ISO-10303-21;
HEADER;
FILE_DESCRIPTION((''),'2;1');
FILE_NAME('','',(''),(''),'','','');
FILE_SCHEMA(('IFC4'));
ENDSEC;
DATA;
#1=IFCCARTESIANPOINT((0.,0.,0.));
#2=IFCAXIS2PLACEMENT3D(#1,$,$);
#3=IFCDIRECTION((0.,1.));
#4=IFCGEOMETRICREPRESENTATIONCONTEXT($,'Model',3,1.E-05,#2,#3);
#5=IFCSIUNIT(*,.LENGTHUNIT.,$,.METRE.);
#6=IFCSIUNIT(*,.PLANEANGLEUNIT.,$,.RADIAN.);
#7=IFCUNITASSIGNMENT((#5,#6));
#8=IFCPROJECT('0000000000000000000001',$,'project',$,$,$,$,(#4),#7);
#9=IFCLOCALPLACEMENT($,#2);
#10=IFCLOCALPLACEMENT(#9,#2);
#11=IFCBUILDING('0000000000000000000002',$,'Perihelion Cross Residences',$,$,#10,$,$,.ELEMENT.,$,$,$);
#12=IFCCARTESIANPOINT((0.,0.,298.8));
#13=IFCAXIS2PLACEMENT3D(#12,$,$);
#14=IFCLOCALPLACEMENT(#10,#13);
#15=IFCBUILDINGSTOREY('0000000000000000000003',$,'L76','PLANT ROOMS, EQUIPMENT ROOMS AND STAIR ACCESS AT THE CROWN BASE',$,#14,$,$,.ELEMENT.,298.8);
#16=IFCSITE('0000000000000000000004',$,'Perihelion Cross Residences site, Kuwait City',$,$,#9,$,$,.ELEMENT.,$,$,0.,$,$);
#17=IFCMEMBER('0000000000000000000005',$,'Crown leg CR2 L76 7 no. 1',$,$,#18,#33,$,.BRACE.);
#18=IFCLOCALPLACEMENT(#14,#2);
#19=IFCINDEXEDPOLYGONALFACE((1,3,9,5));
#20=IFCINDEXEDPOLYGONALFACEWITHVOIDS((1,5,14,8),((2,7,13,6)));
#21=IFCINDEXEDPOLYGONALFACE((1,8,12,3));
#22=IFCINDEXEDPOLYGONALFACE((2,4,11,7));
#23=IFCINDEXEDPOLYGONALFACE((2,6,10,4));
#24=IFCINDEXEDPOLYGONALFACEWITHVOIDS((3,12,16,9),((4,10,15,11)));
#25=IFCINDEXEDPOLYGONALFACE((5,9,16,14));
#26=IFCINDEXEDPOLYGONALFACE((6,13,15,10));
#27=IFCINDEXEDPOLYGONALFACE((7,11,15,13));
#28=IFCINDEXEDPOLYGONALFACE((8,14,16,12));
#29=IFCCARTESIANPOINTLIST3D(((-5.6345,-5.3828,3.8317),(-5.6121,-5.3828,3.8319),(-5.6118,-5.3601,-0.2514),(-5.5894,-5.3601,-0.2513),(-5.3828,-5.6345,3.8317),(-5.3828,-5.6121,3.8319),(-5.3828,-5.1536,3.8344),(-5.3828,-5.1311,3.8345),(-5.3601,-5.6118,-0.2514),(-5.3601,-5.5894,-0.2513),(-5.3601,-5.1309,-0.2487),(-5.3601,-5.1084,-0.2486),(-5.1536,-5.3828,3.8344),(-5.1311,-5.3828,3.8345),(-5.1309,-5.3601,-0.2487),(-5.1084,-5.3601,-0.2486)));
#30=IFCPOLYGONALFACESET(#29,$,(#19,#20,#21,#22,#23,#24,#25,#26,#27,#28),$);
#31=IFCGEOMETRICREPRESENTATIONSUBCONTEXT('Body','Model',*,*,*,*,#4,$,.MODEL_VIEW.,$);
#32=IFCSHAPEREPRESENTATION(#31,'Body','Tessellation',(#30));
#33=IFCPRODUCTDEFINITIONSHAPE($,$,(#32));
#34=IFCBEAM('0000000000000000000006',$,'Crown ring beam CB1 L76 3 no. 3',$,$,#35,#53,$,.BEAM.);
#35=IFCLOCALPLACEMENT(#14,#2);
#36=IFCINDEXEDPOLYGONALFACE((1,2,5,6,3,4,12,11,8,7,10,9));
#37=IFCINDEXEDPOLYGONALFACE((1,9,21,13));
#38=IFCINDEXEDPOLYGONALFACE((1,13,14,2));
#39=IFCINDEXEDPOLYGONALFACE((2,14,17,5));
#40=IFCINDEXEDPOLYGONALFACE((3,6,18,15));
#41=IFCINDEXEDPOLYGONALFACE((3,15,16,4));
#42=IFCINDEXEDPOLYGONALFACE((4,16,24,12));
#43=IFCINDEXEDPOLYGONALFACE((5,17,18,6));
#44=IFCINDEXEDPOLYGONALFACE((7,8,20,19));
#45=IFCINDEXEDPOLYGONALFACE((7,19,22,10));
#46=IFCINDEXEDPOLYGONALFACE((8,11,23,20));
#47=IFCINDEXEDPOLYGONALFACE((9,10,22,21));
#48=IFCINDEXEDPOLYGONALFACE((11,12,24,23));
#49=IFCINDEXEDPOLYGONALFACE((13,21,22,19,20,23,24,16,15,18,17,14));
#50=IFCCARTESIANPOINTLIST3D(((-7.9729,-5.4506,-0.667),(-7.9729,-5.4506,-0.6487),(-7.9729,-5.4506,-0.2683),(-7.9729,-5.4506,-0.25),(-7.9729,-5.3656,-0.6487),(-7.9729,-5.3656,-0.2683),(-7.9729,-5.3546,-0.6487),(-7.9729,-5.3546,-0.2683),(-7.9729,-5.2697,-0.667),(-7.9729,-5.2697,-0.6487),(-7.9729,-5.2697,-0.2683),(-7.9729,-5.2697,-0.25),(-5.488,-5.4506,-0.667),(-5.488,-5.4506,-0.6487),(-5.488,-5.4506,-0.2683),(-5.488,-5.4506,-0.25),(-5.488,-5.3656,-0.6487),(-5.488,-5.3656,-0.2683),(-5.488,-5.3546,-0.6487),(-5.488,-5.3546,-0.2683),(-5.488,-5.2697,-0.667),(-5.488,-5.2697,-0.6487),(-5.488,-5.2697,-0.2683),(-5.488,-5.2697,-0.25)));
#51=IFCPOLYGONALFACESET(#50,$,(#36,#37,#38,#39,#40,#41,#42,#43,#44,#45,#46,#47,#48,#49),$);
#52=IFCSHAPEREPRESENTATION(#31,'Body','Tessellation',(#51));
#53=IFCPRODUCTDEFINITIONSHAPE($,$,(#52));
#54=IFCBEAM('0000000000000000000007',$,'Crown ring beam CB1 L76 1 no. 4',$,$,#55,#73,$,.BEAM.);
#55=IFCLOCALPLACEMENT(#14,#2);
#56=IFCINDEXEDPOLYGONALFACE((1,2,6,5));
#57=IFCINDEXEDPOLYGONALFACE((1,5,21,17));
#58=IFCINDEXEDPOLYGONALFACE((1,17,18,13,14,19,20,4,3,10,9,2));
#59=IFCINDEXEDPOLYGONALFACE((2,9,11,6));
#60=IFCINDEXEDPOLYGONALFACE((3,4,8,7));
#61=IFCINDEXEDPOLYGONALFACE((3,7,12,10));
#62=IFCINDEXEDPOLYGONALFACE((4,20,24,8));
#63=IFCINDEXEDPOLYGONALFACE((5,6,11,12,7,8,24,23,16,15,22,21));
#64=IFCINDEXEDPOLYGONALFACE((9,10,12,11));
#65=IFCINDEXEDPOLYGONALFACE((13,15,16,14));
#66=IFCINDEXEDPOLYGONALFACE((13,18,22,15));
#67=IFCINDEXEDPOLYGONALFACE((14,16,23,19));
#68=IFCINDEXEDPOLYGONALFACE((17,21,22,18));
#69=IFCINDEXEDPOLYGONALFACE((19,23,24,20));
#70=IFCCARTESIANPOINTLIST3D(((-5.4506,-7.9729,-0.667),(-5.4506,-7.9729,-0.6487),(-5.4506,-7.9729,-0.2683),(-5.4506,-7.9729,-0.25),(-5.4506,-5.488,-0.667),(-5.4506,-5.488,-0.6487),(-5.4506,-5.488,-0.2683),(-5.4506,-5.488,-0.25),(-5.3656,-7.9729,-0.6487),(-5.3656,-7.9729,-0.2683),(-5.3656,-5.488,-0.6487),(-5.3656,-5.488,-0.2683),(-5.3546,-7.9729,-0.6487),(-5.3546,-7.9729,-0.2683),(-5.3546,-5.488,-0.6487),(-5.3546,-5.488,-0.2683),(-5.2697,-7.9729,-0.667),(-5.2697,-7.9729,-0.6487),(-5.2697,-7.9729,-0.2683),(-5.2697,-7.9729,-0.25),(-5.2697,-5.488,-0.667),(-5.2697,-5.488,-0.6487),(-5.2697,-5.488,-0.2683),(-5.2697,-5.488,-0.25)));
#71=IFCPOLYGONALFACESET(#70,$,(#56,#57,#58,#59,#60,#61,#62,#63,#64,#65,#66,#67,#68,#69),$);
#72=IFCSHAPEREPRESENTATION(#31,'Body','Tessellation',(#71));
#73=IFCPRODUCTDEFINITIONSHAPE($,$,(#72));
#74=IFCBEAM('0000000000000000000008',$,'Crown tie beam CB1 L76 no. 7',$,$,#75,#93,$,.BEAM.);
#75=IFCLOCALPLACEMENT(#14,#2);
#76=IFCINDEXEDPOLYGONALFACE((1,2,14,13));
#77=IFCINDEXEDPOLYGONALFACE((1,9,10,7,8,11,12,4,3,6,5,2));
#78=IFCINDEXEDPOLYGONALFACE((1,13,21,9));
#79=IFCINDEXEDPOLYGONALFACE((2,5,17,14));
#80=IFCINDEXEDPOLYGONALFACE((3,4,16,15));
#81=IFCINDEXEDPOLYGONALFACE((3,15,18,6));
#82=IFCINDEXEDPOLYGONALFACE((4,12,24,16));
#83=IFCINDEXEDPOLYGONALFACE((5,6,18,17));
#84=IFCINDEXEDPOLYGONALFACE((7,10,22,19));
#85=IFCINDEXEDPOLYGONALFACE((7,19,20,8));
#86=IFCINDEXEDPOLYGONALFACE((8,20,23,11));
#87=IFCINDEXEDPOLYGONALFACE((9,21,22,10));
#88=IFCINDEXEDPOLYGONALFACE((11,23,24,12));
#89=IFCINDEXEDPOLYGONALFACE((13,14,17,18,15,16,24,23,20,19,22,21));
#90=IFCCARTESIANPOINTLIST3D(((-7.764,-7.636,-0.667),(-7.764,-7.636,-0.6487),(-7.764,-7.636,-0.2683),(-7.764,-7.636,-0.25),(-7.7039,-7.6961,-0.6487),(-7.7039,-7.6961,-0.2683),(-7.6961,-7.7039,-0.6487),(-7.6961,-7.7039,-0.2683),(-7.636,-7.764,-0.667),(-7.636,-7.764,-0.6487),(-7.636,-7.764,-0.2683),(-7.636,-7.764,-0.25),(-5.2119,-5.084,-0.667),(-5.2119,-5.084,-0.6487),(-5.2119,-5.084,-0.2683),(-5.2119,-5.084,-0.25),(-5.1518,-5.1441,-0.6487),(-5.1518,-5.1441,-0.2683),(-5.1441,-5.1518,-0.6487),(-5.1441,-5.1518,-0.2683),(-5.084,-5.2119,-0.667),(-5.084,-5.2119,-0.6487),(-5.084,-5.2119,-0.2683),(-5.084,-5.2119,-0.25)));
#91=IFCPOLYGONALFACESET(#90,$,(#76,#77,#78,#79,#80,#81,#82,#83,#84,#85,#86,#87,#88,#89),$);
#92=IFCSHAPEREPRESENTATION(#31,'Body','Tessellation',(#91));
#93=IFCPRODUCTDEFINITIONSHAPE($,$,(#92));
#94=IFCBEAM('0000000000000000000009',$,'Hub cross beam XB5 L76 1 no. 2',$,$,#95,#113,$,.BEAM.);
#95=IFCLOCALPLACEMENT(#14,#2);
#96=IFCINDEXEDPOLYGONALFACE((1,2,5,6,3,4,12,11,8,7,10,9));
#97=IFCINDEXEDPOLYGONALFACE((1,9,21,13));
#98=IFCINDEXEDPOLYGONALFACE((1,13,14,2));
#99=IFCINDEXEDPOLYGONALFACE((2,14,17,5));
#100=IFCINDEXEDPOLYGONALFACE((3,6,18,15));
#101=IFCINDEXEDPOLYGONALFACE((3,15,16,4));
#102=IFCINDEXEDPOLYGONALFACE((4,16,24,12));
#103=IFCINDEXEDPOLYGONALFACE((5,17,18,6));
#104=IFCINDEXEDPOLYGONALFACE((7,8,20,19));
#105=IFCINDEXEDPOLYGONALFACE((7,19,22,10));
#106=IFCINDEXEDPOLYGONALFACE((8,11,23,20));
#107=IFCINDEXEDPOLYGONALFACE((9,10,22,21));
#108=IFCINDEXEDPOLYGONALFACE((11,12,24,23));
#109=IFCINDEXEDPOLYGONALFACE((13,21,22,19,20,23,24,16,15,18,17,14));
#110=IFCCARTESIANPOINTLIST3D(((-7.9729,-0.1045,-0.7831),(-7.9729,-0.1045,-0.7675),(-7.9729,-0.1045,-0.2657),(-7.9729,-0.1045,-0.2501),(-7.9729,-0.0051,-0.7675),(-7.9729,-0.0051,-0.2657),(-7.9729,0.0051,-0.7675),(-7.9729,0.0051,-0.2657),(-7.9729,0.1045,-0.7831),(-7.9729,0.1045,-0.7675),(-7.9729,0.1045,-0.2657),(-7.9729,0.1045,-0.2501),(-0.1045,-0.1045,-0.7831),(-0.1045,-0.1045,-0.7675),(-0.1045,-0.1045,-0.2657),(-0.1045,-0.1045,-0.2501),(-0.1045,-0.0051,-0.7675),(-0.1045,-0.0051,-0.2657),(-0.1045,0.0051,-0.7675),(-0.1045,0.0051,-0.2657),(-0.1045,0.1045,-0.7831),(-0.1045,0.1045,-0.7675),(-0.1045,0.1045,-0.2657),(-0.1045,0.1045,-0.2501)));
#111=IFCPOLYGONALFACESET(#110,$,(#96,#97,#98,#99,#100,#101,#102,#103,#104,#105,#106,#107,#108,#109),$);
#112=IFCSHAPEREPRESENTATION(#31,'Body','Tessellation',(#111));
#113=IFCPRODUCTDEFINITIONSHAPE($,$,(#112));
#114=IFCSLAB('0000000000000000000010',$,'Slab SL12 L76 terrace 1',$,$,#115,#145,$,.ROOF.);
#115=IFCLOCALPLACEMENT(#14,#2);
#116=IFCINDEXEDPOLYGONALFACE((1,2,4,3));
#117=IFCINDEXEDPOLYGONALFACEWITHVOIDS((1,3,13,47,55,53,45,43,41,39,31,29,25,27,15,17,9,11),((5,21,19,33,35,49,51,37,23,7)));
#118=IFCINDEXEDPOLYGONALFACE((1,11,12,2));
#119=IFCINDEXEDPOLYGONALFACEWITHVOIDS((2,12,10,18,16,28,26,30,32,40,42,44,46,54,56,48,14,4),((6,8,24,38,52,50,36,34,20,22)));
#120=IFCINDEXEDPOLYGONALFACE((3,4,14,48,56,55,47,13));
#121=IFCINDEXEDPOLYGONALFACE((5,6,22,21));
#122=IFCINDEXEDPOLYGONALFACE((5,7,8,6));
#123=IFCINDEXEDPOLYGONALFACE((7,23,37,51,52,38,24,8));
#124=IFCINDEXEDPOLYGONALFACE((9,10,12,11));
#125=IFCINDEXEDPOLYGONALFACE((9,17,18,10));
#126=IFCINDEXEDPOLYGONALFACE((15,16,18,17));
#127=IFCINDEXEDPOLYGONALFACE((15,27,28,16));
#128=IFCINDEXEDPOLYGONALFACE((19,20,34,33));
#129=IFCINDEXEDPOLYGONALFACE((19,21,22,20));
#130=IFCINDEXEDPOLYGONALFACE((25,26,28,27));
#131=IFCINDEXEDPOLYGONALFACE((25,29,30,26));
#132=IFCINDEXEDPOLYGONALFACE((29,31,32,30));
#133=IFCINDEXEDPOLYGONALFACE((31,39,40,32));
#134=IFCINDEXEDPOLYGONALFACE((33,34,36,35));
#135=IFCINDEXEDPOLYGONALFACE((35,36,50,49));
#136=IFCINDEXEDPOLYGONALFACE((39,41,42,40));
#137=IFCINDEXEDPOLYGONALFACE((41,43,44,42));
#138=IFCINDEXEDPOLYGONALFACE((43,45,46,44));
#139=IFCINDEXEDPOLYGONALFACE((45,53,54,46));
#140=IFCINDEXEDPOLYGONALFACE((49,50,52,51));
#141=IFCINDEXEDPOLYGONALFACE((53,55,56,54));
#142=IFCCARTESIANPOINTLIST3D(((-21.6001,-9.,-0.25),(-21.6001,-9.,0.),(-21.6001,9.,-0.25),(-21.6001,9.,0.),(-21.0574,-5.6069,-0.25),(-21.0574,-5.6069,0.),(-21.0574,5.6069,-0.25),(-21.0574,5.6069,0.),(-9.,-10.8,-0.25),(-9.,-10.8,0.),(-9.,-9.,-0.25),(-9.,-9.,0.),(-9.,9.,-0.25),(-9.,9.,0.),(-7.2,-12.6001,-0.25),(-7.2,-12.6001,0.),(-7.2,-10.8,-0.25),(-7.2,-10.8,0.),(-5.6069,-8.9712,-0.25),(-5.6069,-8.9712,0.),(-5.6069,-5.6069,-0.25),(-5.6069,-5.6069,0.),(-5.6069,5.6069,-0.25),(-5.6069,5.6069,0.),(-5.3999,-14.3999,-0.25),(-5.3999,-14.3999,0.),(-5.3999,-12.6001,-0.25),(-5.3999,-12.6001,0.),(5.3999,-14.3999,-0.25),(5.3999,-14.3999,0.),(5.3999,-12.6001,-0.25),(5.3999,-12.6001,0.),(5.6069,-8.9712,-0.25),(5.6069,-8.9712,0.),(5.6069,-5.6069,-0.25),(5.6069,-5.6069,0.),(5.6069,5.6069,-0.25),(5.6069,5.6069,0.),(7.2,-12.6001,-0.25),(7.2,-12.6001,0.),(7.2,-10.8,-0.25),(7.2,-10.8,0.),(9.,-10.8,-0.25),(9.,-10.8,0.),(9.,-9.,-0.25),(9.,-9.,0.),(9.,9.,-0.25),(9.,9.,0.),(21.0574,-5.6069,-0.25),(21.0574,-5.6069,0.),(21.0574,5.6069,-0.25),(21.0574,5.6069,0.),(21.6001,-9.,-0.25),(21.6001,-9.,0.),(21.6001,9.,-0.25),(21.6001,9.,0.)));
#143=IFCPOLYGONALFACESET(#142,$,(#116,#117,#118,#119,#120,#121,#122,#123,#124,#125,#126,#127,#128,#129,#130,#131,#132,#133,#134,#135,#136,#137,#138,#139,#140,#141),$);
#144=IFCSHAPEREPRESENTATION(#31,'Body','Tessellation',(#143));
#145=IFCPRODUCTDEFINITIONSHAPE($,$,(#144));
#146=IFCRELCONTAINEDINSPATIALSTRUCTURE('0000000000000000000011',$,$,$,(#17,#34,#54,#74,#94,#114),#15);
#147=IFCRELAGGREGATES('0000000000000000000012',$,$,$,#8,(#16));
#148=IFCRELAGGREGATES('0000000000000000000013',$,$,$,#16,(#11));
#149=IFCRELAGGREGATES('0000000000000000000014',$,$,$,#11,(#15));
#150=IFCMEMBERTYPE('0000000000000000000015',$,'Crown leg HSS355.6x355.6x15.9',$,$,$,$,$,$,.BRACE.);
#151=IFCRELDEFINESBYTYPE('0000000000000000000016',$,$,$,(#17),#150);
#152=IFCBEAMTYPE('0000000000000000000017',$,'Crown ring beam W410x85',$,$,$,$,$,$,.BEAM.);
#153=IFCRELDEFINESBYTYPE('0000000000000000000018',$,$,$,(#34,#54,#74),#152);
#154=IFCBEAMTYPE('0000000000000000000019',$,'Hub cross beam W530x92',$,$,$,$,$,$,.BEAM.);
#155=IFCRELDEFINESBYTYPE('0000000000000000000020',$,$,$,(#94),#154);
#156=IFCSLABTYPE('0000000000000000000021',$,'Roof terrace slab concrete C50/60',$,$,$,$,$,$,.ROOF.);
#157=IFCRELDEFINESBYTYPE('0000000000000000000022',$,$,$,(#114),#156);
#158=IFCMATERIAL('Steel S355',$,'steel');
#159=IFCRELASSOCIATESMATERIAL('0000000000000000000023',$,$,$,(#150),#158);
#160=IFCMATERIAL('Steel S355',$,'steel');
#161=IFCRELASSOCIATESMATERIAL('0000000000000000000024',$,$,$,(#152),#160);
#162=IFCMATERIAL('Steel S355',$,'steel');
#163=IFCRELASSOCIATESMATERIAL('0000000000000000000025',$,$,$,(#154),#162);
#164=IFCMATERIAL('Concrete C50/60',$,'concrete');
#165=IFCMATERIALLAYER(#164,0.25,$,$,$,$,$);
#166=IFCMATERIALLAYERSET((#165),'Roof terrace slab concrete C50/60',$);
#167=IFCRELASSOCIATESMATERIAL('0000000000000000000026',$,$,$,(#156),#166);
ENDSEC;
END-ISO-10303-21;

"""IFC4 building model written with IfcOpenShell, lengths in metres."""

from ifc_helpers import new_model, si_unit, direction, frame, origin, origin_2d, place, context, subcontext, project, spatial, polyline, hollow_rectangle, i_section, outline, extrude, material, layer, layer_set, material_profile, profile_set, type_object, element, save


model = new_model("IFC4")

# Units and contexts
model_context = context("Model", 3, precision=1e-05, world=origin(), true_north=direction((0.0, 1.0)))
body_context = subcontext(model_context, "Body", "Model", "MODEL_VIEW")
ifc_project = project(units=[si_unit("LENGTHUNIT", "METRE"), si_unit("PLANEANGLEUNIT", "RADIAN")], contexts=[model_context])

# Site, building, storey
site_placement = place(None, origin())
site = spatial("IfcSite", under=ifc_project, at=site_placement, Name="Perihelion Cross Residences site, Kuwait City", CompositionType="ELEMENT", RefElevation=0.0)
building_placement = place(site_placement, origin())
building = spatial("IfcBuilding", under=site, at=building_placement, Name="Perihelion Cross Residences", CompositionType="ELEMENT")
storey_placement = place(building_placement, frame((0.0, 0.0, 298.8)))
storey = spatial("IfcBuildingStorey", under=building, at=storey_placement, Name="L76", Description="PLANT ROOMS, EQUIPMENT ROOMS AND STAIR ACCESS AT THE CROWN BASE", CompositionType="ELEMENT", Elevation=298.8)

# Member
ifc_material_1 = material(Name="Steel S355", Category="steel")
ifc_material_profile_1 = material_profile(ifc_material_1, hollow_rectangle(XDim=0.356, YDim=0.356, WallThickness=0.0159, at=origin_2d()), Name="HSS355.6x355.6x15.9")
ifc_profile_set_1 = profile_set([ifc_material_profile_1], Name="Steel S355")
member_type = type_object("IfcMemberType", Name="Crown leg HSS355.6x355.6x15.9", PredefinedType="BRACE", material=ifc_profile_set_1)
member_placement = place(storey_placement, frame((-5.3601, -5.3601, -0.25), z_axis=(-0.005561, -0.005561, 0.999969), x_axis=(0.707107, -0.707107, 0.0)))
element("IfcMember", 1, at=member_placement, inside=storey, type_object=member_type, Name="Crown leg CR2 L76 7 no. 1", PredefinedType="BRACE", context=body_context, shape_type="SweptSolid", body=[
    extrude(hollow_rectangle(XDim=0.356, YDim=0.356, WallThickness=0.0159, at=origin_2d()), origin(), (0.0, 0.0, 1.0), 4.0833),
])

# Beams
ifc_material_2 = material(Name="Steel S355", Category="steel")
ifc_material_profile_2 = material_profile(ifc_material_2, i_section(OverallWidth=0.1809, OverallDepth=0.417, WebThickness=0.011, FlangeThickness=0.0183, at=origin_2d()), Name="W410x85")
ifc_profile_set_2 = profile_set([ifc_material_profile_2], Name="Steel S355")
beam_type_1 = type_object("IfcBeamType", Name="Crown ring beam W410x85", PredefinedType="BEAM", material=ifc_profile_set_2)
for number, where, z_axis, x_axis, name in (
    (2, (-7.9729, -5.3601, -0.4585), (1.0, 0.0, 0.0), (0.0, 1.0, 0.0), "Crown ring beam CB1 L76 3 no. 3"),
    (3, (-5.3601, -5.488, -0.4585), (0.0, -1.0, 0.0), (1.0, 0.0, 0.0), "Crown ring beam CB1 L76 1 no. 4"),
):
    element("IfcBeam", number, at=place(storey_placement, frame(where, z_axis=z_axis, x_axis=x_axis)), inside=storey, type_object=beam_type_1, Name=name, PredefinedType="BEAM", context=body_context, shape_type="SweptSolid", body=[
        extrude(i_section(OverallWidth=0.1809, OverallDepth=0.417, WebThickness=0.011, FlangeThickness=0.0183, at=origin_2d()), origin(), (0.0, 0.0, 1.0), 2.4849),
    ])
beam_1_placement = place(storey_placement, frame((-5.1479, -5.1479, -0.4585), z_axis=(-0.707107, -0.707107, 0.0), x_axis=(0.707107, -0.707107, 0.0)))
element("IfcBeam", 4, at=beam_1_placement, inside=storey, type_object=beam_type_1, Name="Crown tie beam CB1 L76 no. 7", PredefinedType="BEAM", context=body_context, shape_type="SweptSolid", body=[
    extrude(i_section(OverallWidth=0.1809, OverallDepth=0.417, WebThickness=0.011, FlangeThickness=0.0183, at=origin_2d()), origin(), (0.0, 0.0, 1.0), 3.6091),
])
ifc_material_3 = material(Name="Steel S355", Category="steel")
ifc_material_profile_3 = material_profile(ifc_material_3, i_section(OverallWidth=0.209, OverallDepth=0.533, WebThickness=0.0103, FlangeThickness=0.0156, at=origin_2d()), Name="W530x92")
ifc_profile_set_3 = profile_set([ifc_material_profile_3], Name="Steel S355")
beam_type_2 = type_object("IfcBeamType", Name="Hub cross beam W530x92", PredefinedType="BEAM", material=ifc_profile_set_3)
beam_2_placement = place(storey_placement, frame((-7.9729, 0.0, -0.5166), z_axis=(1.0, 0.0, 0.0), x_axis=(0.0, 1.0, 0.0)))
element("IfcBeam", 5, at=beam_2_placement, inside=storey, type_object=beam_type_2, Name="Hub cross beam XB5 L76 1 no. 2", PredefinedType="BEAM", context=body_context, shape_type="SweptSolid", body=[
    extrude(i_section(OverallWidth=0.209, OverallDepth=0.533, WebThickness=0.0103, FlangeThickness=0.0156, at=origin_2d()), origin(), (0.0, 0.0, 1.0), 7.8684),
])

# Slab
ifc_material_4 = material(Name="Concrete C50/60", Category="concrete")
ifc_layer_1 = layer(ifc_material_4, 0.25)
ifc_layer_set_1 = layer_set([ifc_layer_1], Name="Roof terrace slab concrete C50/60")
slab_type = type_object("IfcSlabType", Name="Roof terrace slab concrete C50/60", PredefinedType="ROOF", material=ifc_layer_set_1)
slab_placement = place(storey_placement, frame((0.0, 0.0, -0.25)))
element("IfcSlab", 6, at=slab_placement, inside=storey, type_object=slab_type, Name="Slab SL12 L76 terrace 1", PredefinedType="ROOF", context=body_context, shape_type="SweptSolid", body=[
    extrude(outline(polyline([(-9.0, 9.0), (9.0, 9.0), (21.6001, 9.0), (21.6001, -9.0), (9.0, -9.0), (9.0, -10.8), (7.2, -10.8), (7.2, -12.6001), (5.3999, -12.6001), (5.3999, -14.3999), (-5.3999, -14.3999), (-5.3999, -12.6001), (-7.2, -12.6001), (-7.2, -10.8), (-9.0, -10.8), (-9.0, -9.0), (-21.6001, -9.0), (-21.6001, 9.0), (-9.0, 9.0)]), holes=[polyline([(21.0574, -5.6069), (21.0574, 5.6069), (5.6069, 5.6069), (-5.6069, 5.6069), (-21.0574, 5.6069), (-21.0574, -5.6069), (-5.6069, -5.6069), (-5.6069, -8.9712), (5.6069, -8.9712), (5.6069, -5.6069), (21.0574, -5.6069)])]), origin(), (0.0, 0.0, 1.0), 0.25),
])

save(model, "model.ifc")
